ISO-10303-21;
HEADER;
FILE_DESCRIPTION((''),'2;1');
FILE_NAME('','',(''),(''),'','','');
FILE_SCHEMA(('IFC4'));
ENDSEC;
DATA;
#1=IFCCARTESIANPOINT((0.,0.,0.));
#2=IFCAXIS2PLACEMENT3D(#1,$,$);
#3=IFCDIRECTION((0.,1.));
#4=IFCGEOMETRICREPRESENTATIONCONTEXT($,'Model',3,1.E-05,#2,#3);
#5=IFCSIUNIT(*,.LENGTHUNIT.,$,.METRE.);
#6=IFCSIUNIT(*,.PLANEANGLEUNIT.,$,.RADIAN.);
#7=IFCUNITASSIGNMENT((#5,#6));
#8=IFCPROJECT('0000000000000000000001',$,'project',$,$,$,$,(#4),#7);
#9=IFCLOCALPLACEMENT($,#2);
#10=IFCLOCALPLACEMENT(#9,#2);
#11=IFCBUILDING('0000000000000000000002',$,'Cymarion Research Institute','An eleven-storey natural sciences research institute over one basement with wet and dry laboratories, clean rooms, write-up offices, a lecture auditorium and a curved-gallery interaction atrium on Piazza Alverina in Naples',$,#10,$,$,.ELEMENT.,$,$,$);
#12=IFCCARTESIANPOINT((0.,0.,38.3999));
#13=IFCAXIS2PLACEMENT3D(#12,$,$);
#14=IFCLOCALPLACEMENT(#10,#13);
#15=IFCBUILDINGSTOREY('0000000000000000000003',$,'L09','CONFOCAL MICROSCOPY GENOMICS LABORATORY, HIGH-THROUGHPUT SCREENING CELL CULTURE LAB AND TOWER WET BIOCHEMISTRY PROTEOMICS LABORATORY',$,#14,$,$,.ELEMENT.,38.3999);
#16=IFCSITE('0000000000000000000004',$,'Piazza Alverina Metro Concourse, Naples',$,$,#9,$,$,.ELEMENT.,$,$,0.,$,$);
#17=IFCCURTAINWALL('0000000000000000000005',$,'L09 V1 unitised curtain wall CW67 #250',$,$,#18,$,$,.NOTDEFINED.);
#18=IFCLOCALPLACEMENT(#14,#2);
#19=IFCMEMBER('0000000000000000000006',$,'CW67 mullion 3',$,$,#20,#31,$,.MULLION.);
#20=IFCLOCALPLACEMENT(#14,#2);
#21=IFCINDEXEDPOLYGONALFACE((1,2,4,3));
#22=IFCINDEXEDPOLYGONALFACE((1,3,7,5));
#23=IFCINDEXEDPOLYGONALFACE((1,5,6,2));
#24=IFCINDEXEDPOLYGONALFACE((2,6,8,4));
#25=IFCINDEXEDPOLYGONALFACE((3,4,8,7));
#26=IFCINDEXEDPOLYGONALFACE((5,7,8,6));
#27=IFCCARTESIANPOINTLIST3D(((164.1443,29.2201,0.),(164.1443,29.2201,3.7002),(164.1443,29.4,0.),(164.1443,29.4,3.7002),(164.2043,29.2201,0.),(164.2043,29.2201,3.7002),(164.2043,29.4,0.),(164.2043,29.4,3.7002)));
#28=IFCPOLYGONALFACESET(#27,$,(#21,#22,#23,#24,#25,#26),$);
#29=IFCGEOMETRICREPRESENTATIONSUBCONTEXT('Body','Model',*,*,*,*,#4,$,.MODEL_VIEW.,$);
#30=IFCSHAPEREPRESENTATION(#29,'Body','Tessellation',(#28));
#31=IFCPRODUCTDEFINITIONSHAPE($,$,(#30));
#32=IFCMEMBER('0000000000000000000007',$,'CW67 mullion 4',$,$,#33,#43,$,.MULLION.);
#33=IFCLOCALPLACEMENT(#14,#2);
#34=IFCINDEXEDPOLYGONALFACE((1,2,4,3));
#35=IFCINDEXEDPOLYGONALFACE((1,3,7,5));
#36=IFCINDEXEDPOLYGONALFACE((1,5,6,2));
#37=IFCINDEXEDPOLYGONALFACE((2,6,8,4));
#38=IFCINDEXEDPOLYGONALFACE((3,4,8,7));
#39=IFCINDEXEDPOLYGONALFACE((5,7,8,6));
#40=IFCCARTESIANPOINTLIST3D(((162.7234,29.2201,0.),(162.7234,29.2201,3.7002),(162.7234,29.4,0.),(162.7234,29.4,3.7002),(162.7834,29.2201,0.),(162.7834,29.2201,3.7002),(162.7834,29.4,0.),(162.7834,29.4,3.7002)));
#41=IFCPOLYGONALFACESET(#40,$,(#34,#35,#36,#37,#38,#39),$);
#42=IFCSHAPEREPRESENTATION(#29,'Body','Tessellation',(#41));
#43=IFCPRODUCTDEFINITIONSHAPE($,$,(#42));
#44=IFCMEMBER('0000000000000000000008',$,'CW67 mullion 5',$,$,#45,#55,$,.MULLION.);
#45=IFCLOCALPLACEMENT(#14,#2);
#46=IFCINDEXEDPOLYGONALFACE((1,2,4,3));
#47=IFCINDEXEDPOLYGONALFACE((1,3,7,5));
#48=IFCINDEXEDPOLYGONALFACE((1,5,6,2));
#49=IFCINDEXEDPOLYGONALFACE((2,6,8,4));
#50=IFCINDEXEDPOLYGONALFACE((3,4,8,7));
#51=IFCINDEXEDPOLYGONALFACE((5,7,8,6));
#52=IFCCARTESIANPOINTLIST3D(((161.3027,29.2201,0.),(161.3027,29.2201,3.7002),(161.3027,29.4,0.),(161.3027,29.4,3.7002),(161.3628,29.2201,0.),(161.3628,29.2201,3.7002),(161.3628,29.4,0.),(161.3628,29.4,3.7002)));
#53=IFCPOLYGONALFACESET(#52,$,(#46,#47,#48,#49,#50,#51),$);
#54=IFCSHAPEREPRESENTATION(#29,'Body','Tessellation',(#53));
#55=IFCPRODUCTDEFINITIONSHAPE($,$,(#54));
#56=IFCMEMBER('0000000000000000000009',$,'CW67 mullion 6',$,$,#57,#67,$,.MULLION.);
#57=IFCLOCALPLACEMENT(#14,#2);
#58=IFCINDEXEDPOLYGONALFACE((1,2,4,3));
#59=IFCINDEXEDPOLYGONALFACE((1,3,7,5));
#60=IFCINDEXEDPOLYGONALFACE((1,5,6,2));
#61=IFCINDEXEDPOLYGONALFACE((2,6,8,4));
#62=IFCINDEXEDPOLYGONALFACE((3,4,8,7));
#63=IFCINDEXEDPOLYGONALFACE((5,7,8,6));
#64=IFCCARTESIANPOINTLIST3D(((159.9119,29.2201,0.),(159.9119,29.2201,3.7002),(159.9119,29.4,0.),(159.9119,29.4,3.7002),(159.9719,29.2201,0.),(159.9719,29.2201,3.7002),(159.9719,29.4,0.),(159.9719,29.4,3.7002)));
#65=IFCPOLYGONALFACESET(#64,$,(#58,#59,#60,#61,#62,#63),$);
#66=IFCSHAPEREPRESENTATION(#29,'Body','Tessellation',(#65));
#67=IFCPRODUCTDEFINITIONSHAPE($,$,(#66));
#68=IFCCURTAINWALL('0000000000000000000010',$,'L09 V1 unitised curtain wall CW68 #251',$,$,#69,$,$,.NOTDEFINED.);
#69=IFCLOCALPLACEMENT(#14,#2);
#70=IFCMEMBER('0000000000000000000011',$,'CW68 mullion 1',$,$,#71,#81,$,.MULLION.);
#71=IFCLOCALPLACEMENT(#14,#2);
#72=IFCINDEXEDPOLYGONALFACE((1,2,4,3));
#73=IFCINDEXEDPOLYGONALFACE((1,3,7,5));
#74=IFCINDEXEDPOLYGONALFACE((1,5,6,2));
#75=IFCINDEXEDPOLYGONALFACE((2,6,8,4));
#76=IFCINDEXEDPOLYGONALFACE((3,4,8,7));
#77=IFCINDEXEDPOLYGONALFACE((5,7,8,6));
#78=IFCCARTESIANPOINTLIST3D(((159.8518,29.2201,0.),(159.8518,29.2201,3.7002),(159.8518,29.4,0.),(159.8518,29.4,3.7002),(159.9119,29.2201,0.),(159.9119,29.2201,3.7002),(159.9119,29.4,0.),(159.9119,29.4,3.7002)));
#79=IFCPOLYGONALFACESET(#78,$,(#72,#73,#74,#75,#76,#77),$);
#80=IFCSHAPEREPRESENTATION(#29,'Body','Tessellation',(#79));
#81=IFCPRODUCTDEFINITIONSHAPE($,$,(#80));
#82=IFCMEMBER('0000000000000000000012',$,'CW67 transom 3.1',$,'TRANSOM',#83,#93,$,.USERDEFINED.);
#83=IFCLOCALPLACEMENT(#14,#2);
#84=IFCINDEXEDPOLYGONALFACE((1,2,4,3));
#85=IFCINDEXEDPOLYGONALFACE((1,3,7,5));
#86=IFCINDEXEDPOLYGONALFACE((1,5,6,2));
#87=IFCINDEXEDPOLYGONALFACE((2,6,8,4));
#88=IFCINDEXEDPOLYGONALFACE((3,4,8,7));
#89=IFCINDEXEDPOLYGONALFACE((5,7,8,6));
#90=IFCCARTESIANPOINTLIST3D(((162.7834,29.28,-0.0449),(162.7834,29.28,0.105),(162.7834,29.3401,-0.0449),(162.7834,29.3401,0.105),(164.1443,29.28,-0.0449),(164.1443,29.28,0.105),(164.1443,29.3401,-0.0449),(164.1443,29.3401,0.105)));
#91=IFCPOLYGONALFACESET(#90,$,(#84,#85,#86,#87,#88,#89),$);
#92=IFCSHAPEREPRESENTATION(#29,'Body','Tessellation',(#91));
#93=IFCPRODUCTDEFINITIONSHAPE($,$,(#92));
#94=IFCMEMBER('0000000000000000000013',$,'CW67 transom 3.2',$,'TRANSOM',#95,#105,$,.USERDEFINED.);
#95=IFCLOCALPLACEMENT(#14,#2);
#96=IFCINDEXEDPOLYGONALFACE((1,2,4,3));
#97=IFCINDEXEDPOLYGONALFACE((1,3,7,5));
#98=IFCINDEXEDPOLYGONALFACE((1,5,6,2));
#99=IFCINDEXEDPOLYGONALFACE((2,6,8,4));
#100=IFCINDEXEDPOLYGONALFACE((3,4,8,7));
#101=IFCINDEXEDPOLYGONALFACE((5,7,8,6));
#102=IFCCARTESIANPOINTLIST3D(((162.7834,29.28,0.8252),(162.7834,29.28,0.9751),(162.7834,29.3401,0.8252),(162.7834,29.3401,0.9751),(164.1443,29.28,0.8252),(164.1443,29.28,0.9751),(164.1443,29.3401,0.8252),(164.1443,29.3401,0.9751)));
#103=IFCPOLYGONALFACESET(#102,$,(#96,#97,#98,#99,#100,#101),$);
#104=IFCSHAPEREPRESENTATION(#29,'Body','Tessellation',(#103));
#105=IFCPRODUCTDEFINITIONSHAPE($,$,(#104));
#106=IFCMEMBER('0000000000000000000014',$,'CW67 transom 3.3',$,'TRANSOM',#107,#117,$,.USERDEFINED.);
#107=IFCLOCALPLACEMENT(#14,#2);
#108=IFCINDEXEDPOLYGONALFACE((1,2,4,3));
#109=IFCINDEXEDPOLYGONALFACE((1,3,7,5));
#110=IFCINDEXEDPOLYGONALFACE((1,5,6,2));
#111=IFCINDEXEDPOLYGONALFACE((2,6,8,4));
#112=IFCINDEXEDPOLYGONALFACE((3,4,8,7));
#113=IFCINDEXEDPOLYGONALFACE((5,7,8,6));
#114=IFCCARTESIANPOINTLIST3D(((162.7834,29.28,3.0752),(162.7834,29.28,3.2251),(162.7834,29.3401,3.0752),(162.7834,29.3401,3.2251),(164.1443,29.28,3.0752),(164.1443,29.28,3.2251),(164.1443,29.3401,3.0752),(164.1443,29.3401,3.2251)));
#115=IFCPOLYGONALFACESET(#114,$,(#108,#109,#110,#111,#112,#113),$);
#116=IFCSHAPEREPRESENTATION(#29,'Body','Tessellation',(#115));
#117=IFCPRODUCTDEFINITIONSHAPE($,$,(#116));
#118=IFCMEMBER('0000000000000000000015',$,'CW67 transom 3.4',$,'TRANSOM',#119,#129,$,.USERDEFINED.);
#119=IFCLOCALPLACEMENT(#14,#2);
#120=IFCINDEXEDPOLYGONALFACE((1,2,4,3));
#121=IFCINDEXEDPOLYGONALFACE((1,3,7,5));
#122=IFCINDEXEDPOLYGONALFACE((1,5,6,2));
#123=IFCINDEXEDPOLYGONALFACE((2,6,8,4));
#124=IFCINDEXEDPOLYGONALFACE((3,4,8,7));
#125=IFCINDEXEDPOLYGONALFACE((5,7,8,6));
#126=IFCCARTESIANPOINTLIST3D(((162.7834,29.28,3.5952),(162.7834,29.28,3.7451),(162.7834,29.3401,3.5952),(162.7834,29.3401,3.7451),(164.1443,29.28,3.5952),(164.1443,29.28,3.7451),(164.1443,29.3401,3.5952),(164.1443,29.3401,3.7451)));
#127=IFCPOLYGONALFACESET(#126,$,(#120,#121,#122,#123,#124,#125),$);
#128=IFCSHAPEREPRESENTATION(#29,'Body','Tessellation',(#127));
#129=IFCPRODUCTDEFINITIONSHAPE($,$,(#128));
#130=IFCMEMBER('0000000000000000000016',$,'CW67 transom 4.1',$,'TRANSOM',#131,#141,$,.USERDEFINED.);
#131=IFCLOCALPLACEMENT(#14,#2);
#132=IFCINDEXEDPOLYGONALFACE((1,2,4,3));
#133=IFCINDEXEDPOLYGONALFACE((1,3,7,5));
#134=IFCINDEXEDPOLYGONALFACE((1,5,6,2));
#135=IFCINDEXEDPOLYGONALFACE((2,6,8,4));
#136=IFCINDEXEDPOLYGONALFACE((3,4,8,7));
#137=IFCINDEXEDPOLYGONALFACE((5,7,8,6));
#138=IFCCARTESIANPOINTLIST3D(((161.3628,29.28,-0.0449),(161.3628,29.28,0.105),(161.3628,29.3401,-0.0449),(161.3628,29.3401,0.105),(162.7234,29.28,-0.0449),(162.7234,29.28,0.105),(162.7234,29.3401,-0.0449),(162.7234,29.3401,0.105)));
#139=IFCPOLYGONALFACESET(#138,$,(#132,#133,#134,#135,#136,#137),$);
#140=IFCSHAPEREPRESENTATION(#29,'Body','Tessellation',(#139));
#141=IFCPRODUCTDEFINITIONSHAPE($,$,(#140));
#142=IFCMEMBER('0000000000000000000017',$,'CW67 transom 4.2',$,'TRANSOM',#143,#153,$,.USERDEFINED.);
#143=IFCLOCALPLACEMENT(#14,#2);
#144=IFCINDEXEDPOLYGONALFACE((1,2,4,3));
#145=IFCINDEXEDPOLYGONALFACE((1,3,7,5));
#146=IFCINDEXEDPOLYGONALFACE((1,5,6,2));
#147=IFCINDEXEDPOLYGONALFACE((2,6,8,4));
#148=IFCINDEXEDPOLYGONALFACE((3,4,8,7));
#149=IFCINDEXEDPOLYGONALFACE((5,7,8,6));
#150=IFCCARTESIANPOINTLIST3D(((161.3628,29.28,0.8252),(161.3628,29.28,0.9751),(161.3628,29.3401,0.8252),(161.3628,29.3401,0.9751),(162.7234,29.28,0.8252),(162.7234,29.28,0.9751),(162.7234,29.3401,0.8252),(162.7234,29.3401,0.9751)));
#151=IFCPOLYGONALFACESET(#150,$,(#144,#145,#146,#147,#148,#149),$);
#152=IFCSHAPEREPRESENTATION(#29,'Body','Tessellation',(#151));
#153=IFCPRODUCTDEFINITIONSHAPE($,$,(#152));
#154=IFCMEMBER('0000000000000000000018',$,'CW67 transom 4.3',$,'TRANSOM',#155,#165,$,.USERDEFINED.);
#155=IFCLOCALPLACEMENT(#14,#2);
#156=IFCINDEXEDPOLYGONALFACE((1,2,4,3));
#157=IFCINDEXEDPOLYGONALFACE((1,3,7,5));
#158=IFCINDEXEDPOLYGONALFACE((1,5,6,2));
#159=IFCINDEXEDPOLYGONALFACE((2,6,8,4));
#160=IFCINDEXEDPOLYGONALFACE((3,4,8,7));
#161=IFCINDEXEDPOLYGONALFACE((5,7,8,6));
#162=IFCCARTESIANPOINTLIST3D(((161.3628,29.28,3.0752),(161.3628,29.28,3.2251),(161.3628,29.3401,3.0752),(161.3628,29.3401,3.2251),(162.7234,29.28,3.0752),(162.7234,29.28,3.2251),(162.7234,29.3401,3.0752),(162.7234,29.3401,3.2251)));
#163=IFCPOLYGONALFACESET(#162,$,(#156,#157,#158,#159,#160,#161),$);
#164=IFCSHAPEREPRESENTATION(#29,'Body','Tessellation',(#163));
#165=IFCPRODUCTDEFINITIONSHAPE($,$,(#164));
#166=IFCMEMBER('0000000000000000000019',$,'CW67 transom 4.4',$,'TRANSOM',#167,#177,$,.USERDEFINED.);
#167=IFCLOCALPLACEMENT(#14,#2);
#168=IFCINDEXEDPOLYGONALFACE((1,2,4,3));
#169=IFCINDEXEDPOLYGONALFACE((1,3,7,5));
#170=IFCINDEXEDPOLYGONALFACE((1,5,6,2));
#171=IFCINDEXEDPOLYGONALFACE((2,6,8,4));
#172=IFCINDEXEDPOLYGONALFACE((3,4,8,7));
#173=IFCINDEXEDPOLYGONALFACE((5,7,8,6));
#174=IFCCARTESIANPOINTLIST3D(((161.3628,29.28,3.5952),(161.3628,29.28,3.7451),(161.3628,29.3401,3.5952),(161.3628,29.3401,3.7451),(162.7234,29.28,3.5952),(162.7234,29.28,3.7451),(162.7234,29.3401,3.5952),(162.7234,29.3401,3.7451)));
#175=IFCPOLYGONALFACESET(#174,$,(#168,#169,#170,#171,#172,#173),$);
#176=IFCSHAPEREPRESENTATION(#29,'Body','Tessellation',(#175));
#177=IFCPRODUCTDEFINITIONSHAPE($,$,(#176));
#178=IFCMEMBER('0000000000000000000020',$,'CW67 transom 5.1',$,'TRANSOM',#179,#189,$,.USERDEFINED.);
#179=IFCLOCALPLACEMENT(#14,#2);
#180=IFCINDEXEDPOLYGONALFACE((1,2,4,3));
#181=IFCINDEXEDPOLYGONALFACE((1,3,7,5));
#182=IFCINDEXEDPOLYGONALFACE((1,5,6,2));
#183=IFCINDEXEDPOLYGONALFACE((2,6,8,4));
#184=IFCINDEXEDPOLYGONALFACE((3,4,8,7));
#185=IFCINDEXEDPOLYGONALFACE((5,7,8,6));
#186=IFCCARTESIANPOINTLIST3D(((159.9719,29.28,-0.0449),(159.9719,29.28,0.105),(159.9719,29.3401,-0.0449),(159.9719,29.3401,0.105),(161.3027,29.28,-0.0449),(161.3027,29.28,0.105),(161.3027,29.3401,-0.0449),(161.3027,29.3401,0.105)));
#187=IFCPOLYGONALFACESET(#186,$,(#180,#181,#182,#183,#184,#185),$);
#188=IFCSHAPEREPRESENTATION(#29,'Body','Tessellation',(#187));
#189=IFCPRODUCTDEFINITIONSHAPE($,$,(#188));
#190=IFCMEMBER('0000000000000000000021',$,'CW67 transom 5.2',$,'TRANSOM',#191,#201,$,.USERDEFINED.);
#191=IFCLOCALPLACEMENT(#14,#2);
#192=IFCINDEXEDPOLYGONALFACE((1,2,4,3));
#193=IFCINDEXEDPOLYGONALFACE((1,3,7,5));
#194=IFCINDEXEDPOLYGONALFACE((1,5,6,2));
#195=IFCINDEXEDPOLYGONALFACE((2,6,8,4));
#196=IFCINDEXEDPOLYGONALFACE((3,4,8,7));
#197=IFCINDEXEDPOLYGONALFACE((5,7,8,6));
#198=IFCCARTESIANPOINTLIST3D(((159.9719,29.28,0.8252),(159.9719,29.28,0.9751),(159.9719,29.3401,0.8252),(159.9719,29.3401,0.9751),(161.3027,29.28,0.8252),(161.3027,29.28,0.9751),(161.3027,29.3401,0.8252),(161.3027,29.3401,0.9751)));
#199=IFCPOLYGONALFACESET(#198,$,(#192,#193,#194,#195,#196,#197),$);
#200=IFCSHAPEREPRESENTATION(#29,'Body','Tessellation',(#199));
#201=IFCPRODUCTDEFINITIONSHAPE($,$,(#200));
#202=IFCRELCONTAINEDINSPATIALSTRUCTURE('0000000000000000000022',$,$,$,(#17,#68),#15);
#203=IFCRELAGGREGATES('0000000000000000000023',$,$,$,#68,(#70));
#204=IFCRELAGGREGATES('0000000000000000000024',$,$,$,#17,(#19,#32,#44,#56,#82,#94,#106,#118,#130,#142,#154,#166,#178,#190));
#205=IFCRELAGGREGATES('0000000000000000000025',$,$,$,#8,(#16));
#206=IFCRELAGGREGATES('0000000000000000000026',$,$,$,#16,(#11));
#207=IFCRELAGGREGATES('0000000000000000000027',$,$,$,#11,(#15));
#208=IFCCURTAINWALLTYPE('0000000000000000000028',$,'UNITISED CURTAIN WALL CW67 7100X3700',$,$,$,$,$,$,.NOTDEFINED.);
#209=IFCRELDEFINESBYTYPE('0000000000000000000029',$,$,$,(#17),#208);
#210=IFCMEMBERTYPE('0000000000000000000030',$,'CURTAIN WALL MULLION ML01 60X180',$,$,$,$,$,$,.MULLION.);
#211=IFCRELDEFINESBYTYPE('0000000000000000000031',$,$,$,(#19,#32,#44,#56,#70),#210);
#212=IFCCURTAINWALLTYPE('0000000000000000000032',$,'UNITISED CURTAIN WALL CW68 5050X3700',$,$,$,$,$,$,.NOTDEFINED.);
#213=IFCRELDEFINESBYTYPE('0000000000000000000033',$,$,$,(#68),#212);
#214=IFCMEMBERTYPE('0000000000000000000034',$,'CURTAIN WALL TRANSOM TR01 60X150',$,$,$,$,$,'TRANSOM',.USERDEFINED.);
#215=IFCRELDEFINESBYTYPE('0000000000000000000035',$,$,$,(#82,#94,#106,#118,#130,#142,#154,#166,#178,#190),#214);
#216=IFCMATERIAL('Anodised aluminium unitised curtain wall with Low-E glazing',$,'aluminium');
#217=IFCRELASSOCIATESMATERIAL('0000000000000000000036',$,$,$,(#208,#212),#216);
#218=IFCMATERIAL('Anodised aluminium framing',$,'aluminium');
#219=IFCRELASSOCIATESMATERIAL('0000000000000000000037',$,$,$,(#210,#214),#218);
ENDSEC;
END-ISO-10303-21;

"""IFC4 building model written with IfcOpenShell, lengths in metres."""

from ifc_helpers import new_model, si_unit, direction, frame, origin, origin_2d, place, context, subcontext, project, spatial, rectangle, extrude, material, material_profile, profile_set, type_object, element, aggregate, save


model = new_model("IFC4")

# Units and contexts
model_context = context("Model", 3, precision=1e-05, world=origin(), true_north=direction((0.0, 1.0)))
body_context = subcontext(model_context, "Body", "Model", "MODEL_VIEW")
ifc_project = project(units=[si_unit("LENGTHUNIT", "METRE"), si_unit("PLANEANGLEUNIT", "RADIAN")], contexts=[model_context])

# Site, building, storey
site_placement = place(None, origin())
site = spatial("IfcSite", under=ifc_project, at=site_placement, Name="Piazza Alverina Metro Concourse, Naples", CompositionType="ELEMENT", RefElevation=0.0)
building_placement = place(site_placement, origin())
building = spatial("IfcBuilding", under=site, at=building_placement, Name="Cymarion Research Institute", Description="An eleven-storey natural sciences research institute over one basement with wet and dry laboratories, clean rooms, write-up offices, a lecture auditorium and a curved-gallery interaction atrium on Piazza Alverina in Naples", CompositionType="ELEMENT")
storey_placement = place(building_placement, frame((0.0, 0.0, 38.3999)))
storey = spatial("IfcBuildingStorey", under=building, at=storey_placement, Name="L09", Description="CONFOCAL MICROSCOPY GENOMICS LABORATORY, HIGH-THROUGHPUT SCREENING CELL CULTURE LAB AND TOWER WET BIOCHEMISTRY PROTEOMICS LABORATORY", CompositionType="ELEMENT", Elevation=38.3999)

# Curtain wall, members
ifc_material_1 = material(Name="Anodised aluminium unitised curtain wall with Low-E glazing", Category="aluminium")
curtain_wall_type_1 = type_object("IfcCurtainWallType", Name="UNITISED CURTAIN WALL CW67 7100X3700", PredefinedType="NOTDEFINED", material=ifc_material_1)
curtain_wall_1_placement = place(storey_placement, origin())
curtain_wall_1 = element("IfcCurtainWall", 1, at=curtain_wall_1_placement, inside=storey, type_object=curtain_wall_type_1, Name="L09 V1 unitised curtain wall CW67 #250", PredefinedType="NOTDEFINED")
ifc_material_2 = material(Name="Anodised aluminium framing", Category="aluminium")
ifc_material_profile_1 = material_profile(ifc_material_2, rectangle(XDim=0.0601, YDim=0.1799, at=origin_2d()), Name="ALU MULLION 60x180")
ifc_profile_set_1 = profile_set([ifc_material_profile_1], Name="Anodised aluminium framing")
member_type_1 = type_object("IfcMemberType", Name="CURTAIN WALL MULLION ML01 60X180", PredefinedType="MULLION", material=ifc_profile_set_1)
member_1_placement = place(storey_placement, frame((164.1743, 29.3101, 0.0), z_axis=(0.0, 0.0, 1.0), x_axis=(-1.0, 0.0, 0.0)))
member_1 = element("IfcMember", 2, at=member_1_placement, type_object=member_type_1, Name="CW67 mullion 3", PredefinedType="MULLION", context=body_context, shape_type="SweptSolid", body=[
    extrude(rectangle(XDim=0.0601, YDim=0.1799, at=origin_2d()), origin(), (0.0, 0.0, 1.0), 3.7002),
])
member_2_placement = place(storey_placement, frame((162.7534, 29.3101, 0.0), z_axis=(0.0, 0.0, 1.0), x_axis=(-1.0, 0.0, 0.0)))
member_2 = element("IfcMember", 3, at=member_2_placement, type_object=member_type_1, Name="CW67 mullion 4", PredefinedType="MULLION", context=body_context, shape_type="SweptSolid", body=[
    extrude(rectangle(XDim=0.0601, YDim=0.1799, at=origin_2d()), origin(), (0.0, 0.0, 1.0), 3.7002),
])
member_3_placement = place(storey_placement, frame((161.3328, 29.3101, 0.0), z_axis=(0.0, 0.0, 1.0), x_axis=(-1.0, 0.0, 0.0)))
member_3 = element("IfcMember", 4, at=member_3_placement, type_object=member_type_1, Name="CW67 mullion 5", PredefinedType="MULLION", context=body_context, shape_type="SweptSolid", body=[
    extrude(rectangle(XDim=0.0601, YDim=0.1799, at=origin_2d()), origin(), (0.0, 0.0, 1.0), 3.7002),
])
member_4_placement = place(storey_placement, frame((159.9419, 29.3101, 0.0), z_axis=(0.0, 0.0, 1.0), x_axis=(-1.0, 0.0, 0.0)))
member_4 = element("IfcMember", 5, at=member_4_placement, type_object=member_type_1, Name="CW67 mullion 6", PredefinedType="MULLION", context=body_context, shape_type="SweptSolid", body=[
    extrude(rectangle(XDim=0.0601, YDim=0.1799, at=origin_2d()), origin(), (0.0, 0.0, 1.0), 3.7002),
])

# Curtain wall, member
curtain_wall_type_2 = type_object("IfcCurtainWallType", Name="UNITISED CURTAIN WALL CW68 5050X3700", PredefinedType="NOTDEFINED", material=ifc_material_1)
curtain_wall_2_placement = place(storey_placement, origin())
curtain_wall_2 = element("IfcCurtainWall", 6, at=curtain_wall_2_placement, inside=storey, type_object=curtain_wall_type_2, Name="L09 V1 unitised curtain wall CW68 #251", PredefinedType="NOTDEFINED")
member_5_placement = place(storey_placement, frame((159.8818, 29.3101, 0.0), z_axis=(0.0, 0.0, 1.0), x_axis=(-1.0, 0.0, 0.0)))
member_5 = element("IfcMember", 7, at=member_5_placement, type_object=member_type_1, Name="CW68 mullion 1", PredefinedType="MULLION", context=body_context, shape_type="SweptSolid", body=[
    extrude(rectangle(XDim=0.0601, YDim=0.1799, at=origin_2d()), origin(), (0.0, 0.0, 1.0), 3.7002),
])

# Members
ifc_material_profile_2 = material_profile(ifc_material_2, rectangle(XDim=0.0601, YDim=0.1499, at=origin_2d()), Name="ALU TRANSOM 60x150")
ifc_profile_set_2 = profile_set([ifc_material_profile_2], Name="Anodised aluminium framing")
member_type_2 = type_object("IfcMemberType", Name="CURTAIN WALL TRANSOM TR01 60X150", ElementType="TRANSOM", PredefinedType="USERDEFINED", material=ifc_profile_set_2)
member_6_placement = place(storey_placement, frame((164.1443, 29.3101, 0.03), z_axis=(-1.0, 0.0, 0.0), x_axis=(0.0, -1.0, 0.0)))
member_6 = element("IfcMember", 8, at=member_6_placement, type_object=member_type_2, Name="CW67 transom 3.1", ObjectType="TRANSOM", PredefinedType="USERDEFINED", context=body_context, shape_type="SweptSolid", body=[
    extrude(rectangle(XDim=0.0601, YDim=0.1499, at=origin_2d()), origin(), (0.0, 0.0, 1.0), 1.3608),
])
member_7_placement = place(storey_placement, frame((164.1443, 29.3101, 0.9001), z_axis=(-1.0, 0.0, 0.0), x_axis=(0.0, -1.0, 0.0)))
member_7 = element("IfcMember", 9, at=member_7_placement, type_object=member_type_2, Name="CW67 transom 3.2", ObjectType="TRANSOM", PredefinedType="USERDEFINED", context=body_context, shape_type="SweptSolid", body=[
    extrude(rectangle(XDim=0.0601, YDim=0.1499, at=origin_2d()), origin(), (0.0, 0.0, 1.0), 1.3608),
])
member_8_placement = place(storey_placement, frame((164.1443, 29.3101, 3.1501), z_axis=(-1.0, 0.0, 0.0), x_axis=(0.0, -1.0, 0.0)))
member_8 = element("IfcMember", 10, at=member_8_placement, type_object=member_type_2, Name="CW67 transom 3.3", ObjectType="TRANSOM", PredefinedType="USERDEFINED", context=body_context, shape_type="SweptSolid", body=[
    extrude(rectangle(XDim=0.0601, YDim=0.1499, at=origin_2d()), origin(), (0.0, 0.0, 1.0), 1.3608),
])
member_9_placement = place(storey_placement, frame((164.1443, 29.3101, 3.6702), z_axis=(-1.0, 0.0, 0.0), x_axis=(0.0, -1.0, 0.0)))
member_9 = element("IfcMember", 11, at=member_9_placement, type_object=member_type_2, Name="CW67 transom 3.4", ObjectType="TRANSOM", PredefinedType="USERDEFINED", context=body_context, shape_type="SweptSolid", body=[
    extrude(rectangle(XDim=0.0601, YDim=0.1499, at=origin_2d()), origin(), (0.0, 0.0, 1.0), 1.3608),
])
member_10_placement = place(storey_placement, frame((162.7234, 29.3101, 0.03), z_axis=(-1.0, 0.0, 0.0), x_axis=(0.0, -1.0, 0.0)))
member_10 = element("IfcMember", 12, at=member_10_placement, type_object=member_type_2, Name="CW67 transom 4.1", ObjectType="TRANSOM", PredefinedType="USERDEFINED", context=body_context, shape_type="SweptSolid", body=[
    extrude(rectangle(XDim=0.0601, YDim=0.1499, at=origin_2d()), origin(), (0.0, 0.0, 1.0), 1.3606),
])
member_11_placement = place(storey_placement, frame((162.7234, 29.3101, 0.9001), z_axis=(-1.0, 0.0, 0.0), x_axis=(0.0, -1.0, 0.0)))
member_11 = element("IfcMember", 13, at=member_11_placement, type_object=member_type_2, Name="CW67 transom 4.2", ObjectType="TRANSOM", PredefinedType="USERDEFINED", context=body_context, shape_type="SweptSolid", body=[
    extrude(rectangle(XDim=0.0601, YDim=0.1499, at=origin_2d()), origin(), (0.0, 0.0, 1.0), 1.3606),
])
member_12_placement = place(storey_placement, frame((162.7234, 29.3101, 3.1501), z_axis=(-1.0, 0.0, 0.0), x_axis=(0.0, -1.0, 0.0)))
member_12 = element("IfcMember", 14, at=member_12_placement, type_object=member_type_2, Name="CW67 transom 4.3", ObjectType="TRANSOM", PredefinedType="USERDEFINED", context=body_context, shape_type="SweptSolid", body=[
    extrude(rectangle(XDim=0.0601, YDim=0.1499, at=origin_2d()), origin(), (0.0, 0.0, 1.0), 1.3606),
])
member_13_placement = place(storey_placement, frame((162.7234, 29.3101, 3.6702), z_axis=(-1.0, 0.0, 0.0), x_axis=(0.0, -1.0, 0.0)))
member_13 = element("IfcMember", 15, at=member_13_placement, type_object=member_type_2, Name="CW67 transom 4.4", ObjectType="TRANSOM", PredefinedType="USERDEFINED", context=body_context, shape_type="SweptSolid", body=[
    extrude(rectangle(XDim=0.0601, YDim=0.1499, at=origin_2d()), origin(), (0.0, 0.0, 1.0), 1.3606),
])
member_14_placement = place(storey_placement, frame((161.3027, 29.3101, 0.03), z_axis=(-1.0, 0.0, 0.0), x_axis=(0.0, -1.0, 0.0)))
member_14 = element("IfcMember", 16, at=member_14_placement, type_object=member_type_2, Name="CW67 transom 5.1", ObjectType="TRANSOM", PredefinedType="USERDEFINED", context=body_context, shape_type="SweptSolid", body=[
    extrude(rectangle(XDim=0.0601, YDim=0.1499, at=origin_2d()), origin(), (0.0, 0.0, 1.0), 1.3308),
])
member_15_placement = place(storey_placement, frame((161.3027, 29.3101, 0.9001), z_axis=(-1.0, 0.0, 0.0), x_axis=(0.0, -1.0, 0.0)))
member_15 = element("IfcMember", 17, at=member_15_placement, type_object=member_type_2, Name="CW67 transom 5.2", ObjectType="TRANSOM", PredefinedType="USERDEFINED", context=body_context, shape_type="SweptSolid", body=[
    extrude(rectangle(XDim=0.0601, YDim=0.1499, at=origin_2d()), origin(), (0.0, 0.0, 1.0), 1.3308),
])
aggregate(curtain_wall_2, [member_5])

aggregate(curtain_wall_1, [member_1, member_2, member_3, member_4, member_6, member_7, member_8, member_9, member_10, member_11, member_12, member_13, member_14, member_15])

save(model, "model.ifc")
